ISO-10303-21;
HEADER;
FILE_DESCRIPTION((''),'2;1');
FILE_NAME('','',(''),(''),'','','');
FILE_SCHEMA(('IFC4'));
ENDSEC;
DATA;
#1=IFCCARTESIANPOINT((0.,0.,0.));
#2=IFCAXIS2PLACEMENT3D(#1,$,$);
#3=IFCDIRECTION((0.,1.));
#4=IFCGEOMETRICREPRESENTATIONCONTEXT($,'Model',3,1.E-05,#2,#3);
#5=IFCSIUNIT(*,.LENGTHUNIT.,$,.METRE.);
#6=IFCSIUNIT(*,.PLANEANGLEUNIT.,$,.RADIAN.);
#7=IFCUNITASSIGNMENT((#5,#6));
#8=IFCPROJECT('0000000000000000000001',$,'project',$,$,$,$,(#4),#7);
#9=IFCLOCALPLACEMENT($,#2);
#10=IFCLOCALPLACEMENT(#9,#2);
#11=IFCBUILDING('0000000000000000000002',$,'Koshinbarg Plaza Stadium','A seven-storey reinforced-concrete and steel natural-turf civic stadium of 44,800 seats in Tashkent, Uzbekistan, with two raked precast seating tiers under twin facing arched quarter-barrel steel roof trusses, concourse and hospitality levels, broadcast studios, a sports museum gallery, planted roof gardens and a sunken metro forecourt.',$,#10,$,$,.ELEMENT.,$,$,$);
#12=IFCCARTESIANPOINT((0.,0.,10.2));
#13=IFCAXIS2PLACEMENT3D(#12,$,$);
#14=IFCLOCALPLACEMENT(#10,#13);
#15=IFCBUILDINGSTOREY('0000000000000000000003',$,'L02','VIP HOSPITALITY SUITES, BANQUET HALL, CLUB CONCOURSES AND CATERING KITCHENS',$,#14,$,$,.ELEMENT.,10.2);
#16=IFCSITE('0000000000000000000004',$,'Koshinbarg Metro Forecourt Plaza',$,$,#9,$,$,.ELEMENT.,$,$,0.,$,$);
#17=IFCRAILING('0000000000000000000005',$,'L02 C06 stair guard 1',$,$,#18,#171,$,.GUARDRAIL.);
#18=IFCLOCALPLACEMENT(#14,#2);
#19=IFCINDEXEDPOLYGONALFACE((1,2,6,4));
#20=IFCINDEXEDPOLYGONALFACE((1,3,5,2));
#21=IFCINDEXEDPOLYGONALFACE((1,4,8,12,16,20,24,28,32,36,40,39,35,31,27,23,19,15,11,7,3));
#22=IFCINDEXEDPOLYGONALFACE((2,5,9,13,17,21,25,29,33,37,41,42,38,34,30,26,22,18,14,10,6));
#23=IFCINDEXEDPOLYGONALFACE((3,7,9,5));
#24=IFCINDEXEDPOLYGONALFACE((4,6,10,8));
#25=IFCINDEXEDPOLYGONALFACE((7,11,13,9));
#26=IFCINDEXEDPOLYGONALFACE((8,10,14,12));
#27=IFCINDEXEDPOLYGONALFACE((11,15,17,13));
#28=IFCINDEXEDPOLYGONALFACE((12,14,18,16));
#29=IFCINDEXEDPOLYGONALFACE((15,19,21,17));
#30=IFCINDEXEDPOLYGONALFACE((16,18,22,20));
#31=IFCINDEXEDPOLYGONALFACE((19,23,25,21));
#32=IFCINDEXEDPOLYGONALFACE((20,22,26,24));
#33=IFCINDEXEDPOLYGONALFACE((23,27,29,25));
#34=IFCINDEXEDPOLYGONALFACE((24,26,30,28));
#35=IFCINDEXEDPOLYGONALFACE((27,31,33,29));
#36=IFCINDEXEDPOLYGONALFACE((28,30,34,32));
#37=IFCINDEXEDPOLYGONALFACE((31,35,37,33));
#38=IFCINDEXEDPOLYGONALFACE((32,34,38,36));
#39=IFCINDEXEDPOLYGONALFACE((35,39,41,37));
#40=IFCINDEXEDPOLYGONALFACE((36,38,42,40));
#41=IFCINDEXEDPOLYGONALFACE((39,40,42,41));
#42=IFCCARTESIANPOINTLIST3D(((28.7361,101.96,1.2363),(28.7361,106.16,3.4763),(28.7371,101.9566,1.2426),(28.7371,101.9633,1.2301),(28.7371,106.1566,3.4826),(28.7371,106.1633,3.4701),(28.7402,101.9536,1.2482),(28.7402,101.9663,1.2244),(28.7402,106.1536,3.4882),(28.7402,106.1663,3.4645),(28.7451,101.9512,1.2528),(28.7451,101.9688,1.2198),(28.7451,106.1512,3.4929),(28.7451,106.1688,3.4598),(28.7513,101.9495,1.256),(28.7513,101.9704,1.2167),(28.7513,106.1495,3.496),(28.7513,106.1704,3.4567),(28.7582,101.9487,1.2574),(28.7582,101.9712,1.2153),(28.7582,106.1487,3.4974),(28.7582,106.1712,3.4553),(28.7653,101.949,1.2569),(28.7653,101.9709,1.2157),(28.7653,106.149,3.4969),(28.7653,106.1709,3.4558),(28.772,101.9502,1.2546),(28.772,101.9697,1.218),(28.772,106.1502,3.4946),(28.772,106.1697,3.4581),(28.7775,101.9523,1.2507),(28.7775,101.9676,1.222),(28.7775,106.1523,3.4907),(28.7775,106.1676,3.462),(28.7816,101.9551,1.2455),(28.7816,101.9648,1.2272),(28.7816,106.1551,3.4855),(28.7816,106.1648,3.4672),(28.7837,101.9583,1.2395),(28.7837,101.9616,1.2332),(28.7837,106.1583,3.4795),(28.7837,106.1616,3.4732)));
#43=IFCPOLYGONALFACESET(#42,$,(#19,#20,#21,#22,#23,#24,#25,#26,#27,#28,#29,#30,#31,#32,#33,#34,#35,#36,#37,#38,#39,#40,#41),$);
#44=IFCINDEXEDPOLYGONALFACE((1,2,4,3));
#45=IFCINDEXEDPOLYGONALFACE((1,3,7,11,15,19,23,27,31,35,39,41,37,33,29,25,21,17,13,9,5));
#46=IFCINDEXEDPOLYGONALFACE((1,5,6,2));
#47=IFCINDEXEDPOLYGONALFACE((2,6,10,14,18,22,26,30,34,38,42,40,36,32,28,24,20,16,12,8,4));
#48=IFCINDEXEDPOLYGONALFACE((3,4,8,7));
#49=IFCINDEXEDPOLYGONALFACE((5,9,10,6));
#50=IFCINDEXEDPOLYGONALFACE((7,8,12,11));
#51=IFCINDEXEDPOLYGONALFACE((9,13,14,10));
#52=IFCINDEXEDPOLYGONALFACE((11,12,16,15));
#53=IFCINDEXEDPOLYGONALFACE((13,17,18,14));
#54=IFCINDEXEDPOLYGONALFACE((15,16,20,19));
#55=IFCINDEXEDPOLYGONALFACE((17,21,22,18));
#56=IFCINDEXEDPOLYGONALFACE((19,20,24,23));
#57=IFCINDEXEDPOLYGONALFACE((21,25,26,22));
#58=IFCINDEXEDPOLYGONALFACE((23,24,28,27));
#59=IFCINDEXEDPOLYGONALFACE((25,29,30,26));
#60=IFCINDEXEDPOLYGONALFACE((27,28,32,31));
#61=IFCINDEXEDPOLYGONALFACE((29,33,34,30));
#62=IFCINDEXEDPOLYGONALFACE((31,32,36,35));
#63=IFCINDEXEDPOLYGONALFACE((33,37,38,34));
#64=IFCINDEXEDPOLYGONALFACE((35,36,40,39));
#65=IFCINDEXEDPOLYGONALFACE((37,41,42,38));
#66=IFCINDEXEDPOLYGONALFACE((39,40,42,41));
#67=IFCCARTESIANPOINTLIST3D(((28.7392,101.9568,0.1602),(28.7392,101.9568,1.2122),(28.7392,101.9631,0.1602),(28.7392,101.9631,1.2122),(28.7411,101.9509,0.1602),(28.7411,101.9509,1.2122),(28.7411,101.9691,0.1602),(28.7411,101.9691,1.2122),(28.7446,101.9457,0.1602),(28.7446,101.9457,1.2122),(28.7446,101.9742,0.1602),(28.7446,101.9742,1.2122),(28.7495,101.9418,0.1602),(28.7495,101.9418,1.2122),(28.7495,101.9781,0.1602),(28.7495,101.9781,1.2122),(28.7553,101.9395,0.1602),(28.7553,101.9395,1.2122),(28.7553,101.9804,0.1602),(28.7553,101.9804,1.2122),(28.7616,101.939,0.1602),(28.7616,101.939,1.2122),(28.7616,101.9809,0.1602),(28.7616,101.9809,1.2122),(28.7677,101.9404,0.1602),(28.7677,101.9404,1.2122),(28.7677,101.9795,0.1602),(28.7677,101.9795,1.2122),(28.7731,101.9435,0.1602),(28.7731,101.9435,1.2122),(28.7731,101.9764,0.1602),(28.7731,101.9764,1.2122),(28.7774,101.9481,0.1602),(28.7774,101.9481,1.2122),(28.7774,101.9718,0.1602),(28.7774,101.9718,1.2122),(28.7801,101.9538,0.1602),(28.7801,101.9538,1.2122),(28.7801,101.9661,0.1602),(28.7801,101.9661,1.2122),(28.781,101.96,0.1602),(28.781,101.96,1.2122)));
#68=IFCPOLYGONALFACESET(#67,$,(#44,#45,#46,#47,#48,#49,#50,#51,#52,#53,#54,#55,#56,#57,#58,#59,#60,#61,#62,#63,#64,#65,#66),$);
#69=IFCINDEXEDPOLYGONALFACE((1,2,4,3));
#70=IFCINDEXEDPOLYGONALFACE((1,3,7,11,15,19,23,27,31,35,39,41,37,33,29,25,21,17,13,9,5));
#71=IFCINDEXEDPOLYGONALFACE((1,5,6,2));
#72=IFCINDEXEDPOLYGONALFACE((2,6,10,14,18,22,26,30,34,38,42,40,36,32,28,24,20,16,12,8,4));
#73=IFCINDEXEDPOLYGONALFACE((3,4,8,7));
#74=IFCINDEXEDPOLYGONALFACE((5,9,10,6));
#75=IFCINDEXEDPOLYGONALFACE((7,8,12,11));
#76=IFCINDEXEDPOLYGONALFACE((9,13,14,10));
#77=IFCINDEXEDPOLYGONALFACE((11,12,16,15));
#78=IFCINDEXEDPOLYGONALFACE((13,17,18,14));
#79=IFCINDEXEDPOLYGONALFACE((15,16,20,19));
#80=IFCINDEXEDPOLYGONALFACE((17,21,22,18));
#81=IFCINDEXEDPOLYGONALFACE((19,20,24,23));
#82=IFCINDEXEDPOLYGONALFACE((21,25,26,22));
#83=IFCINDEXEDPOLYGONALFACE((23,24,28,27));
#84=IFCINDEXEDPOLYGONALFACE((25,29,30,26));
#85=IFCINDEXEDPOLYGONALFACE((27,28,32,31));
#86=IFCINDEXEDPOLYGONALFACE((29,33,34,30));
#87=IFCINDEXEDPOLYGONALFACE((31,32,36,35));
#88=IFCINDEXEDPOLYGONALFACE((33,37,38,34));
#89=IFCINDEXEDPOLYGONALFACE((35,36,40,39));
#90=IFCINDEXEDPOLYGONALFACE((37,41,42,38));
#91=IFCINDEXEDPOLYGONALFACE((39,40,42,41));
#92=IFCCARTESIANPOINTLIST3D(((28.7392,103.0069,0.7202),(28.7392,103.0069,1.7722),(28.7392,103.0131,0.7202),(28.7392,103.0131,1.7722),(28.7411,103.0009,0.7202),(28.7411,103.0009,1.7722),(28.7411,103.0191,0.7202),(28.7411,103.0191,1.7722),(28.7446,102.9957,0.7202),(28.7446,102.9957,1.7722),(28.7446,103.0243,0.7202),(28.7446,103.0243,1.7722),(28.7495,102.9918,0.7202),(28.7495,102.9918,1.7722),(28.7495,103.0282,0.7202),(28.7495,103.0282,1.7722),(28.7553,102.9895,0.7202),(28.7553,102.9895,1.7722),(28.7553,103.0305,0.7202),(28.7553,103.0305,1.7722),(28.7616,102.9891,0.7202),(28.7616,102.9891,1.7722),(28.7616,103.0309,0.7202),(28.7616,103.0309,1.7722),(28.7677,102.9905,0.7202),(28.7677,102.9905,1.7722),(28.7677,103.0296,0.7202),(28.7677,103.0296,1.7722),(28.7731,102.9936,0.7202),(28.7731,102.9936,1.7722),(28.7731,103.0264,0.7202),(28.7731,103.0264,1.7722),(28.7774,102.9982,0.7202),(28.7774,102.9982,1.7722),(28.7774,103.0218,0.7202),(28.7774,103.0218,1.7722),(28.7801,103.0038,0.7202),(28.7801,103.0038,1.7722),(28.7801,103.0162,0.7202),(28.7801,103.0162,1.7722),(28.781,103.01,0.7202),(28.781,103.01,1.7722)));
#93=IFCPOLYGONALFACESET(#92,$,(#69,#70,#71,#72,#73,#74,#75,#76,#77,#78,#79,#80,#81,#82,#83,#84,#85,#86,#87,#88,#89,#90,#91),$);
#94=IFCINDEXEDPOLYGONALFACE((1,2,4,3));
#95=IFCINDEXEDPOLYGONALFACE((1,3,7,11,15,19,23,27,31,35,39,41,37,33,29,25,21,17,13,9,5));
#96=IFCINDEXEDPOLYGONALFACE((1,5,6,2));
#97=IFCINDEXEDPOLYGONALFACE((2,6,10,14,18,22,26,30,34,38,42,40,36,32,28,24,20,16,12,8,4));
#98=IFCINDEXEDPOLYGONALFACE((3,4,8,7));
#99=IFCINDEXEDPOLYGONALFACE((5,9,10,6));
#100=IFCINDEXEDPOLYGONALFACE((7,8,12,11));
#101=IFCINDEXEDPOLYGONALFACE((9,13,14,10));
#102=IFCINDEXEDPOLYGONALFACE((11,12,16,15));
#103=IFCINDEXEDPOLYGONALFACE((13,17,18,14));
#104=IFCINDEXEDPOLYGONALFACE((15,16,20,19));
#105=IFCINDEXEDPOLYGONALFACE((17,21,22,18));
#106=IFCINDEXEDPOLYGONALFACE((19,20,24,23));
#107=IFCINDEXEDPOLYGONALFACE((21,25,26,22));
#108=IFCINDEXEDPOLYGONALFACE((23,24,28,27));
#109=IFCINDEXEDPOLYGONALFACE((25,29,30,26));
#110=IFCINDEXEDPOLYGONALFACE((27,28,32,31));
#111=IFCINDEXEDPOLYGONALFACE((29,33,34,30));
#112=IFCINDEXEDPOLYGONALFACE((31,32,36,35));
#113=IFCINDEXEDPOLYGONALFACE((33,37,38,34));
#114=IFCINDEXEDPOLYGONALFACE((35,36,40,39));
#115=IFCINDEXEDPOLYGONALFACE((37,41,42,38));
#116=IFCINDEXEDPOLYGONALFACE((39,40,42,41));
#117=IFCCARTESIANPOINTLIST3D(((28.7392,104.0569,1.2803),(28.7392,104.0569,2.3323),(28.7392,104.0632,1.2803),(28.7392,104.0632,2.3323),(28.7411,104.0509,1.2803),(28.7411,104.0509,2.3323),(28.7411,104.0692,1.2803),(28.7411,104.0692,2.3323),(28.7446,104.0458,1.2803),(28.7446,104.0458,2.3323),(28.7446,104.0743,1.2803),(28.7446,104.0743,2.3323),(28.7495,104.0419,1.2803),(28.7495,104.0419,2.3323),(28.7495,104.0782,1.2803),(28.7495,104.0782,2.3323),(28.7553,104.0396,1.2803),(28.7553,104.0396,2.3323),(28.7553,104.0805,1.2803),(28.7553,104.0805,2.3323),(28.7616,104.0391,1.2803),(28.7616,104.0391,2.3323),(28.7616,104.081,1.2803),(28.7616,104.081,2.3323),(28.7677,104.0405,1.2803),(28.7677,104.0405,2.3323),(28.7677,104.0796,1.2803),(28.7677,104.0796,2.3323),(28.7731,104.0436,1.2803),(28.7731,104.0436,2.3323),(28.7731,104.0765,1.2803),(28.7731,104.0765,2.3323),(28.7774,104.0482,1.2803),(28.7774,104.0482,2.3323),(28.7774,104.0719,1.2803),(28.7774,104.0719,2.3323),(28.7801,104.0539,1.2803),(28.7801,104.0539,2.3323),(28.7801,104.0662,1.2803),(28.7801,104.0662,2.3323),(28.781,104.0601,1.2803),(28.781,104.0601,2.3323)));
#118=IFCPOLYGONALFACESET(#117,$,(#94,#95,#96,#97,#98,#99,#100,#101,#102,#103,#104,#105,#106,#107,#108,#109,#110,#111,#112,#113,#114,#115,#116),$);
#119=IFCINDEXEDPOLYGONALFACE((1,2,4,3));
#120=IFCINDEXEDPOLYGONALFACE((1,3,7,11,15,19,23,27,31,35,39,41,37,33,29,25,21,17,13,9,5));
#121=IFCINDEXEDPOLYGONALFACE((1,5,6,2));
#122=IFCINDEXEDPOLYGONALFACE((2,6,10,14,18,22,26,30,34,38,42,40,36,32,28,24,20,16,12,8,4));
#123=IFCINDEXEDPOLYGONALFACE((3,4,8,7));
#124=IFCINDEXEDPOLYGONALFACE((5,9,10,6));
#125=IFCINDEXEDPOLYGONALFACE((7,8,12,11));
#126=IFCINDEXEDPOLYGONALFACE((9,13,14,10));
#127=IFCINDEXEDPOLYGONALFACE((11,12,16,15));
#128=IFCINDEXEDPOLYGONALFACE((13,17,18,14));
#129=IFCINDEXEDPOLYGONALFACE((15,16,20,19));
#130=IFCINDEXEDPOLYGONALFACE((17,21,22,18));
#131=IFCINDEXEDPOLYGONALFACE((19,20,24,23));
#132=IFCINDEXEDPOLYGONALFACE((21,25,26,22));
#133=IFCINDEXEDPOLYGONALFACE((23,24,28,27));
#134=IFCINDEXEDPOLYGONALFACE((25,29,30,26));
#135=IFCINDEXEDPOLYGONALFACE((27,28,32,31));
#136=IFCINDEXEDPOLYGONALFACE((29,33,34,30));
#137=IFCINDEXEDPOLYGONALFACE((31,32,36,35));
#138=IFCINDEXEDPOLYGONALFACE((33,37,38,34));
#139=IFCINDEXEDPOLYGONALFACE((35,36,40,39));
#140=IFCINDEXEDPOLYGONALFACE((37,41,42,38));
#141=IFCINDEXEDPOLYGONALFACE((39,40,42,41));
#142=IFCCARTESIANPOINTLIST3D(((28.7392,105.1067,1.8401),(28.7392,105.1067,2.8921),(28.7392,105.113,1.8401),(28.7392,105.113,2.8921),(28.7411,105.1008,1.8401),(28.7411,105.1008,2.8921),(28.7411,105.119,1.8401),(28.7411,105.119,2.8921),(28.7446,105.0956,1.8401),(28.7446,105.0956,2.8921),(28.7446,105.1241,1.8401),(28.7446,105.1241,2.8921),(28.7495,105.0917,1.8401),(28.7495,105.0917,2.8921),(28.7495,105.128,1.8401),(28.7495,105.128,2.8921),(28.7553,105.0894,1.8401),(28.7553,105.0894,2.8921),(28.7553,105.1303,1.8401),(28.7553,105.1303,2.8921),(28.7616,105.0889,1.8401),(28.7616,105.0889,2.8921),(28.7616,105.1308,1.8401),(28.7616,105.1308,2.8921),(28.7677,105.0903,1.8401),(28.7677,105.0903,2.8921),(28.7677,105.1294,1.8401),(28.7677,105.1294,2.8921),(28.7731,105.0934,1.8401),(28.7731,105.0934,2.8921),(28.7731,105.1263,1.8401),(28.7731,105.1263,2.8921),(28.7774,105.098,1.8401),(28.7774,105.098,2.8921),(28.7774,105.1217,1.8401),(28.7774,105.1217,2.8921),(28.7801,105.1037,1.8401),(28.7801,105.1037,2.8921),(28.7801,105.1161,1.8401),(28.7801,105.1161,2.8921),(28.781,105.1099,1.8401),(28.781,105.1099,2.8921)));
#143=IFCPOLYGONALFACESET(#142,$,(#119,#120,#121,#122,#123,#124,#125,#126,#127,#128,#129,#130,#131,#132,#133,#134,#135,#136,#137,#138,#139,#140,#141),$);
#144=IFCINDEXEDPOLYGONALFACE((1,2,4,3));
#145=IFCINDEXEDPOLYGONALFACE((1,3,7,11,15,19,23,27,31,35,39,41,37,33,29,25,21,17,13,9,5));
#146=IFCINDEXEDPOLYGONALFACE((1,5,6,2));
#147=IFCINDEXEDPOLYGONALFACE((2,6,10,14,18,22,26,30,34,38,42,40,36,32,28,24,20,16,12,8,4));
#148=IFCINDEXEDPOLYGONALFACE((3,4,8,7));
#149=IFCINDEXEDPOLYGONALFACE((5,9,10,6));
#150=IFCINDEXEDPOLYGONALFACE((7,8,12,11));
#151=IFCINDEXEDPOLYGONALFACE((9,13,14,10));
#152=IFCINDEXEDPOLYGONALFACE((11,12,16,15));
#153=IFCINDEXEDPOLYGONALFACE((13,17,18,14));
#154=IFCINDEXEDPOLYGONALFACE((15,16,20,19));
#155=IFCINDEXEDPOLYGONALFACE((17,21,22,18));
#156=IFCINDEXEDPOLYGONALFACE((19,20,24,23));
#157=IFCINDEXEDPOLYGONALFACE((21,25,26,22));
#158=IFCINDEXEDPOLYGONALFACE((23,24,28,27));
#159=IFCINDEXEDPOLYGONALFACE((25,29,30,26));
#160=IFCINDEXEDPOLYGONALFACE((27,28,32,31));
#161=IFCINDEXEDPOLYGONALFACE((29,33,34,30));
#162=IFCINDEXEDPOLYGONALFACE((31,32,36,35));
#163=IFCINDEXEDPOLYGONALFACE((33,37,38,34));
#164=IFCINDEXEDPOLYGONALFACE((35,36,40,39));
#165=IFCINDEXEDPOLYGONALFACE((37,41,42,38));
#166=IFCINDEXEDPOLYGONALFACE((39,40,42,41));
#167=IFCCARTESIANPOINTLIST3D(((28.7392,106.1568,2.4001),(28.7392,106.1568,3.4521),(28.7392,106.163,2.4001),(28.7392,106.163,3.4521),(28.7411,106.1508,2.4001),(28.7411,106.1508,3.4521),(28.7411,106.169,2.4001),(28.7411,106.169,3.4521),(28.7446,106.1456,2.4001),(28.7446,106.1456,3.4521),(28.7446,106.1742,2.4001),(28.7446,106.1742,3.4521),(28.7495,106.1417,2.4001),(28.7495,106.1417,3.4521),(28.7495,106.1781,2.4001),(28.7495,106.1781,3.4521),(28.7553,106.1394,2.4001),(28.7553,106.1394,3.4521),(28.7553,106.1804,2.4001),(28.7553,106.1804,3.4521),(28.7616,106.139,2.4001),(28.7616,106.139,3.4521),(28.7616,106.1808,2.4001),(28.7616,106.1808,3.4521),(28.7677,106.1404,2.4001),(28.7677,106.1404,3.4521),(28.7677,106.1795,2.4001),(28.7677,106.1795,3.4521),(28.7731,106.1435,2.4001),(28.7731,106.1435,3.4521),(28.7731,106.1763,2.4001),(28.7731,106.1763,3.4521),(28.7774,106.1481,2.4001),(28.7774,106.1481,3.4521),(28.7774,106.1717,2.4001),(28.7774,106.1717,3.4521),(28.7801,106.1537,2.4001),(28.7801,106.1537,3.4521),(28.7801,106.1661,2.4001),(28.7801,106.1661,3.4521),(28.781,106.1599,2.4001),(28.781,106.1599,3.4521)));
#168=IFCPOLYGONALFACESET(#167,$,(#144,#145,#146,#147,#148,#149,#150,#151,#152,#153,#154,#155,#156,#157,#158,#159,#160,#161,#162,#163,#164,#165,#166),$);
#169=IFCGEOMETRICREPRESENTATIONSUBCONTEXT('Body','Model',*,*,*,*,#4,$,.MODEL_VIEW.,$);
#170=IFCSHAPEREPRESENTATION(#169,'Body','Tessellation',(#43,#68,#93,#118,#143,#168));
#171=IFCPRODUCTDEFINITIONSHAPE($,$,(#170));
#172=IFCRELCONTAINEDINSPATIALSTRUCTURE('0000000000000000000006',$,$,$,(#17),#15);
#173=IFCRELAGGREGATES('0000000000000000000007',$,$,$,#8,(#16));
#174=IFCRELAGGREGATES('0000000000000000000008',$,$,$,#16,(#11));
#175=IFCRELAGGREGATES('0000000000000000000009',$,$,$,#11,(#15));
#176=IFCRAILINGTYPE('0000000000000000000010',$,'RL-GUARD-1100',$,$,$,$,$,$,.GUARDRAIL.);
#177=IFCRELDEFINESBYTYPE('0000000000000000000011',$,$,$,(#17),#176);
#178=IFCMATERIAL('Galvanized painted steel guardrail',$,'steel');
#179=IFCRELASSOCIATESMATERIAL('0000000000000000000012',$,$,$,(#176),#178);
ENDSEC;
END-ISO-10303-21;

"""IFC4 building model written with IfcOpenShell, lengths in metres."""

from ifc_helpers import new_model, si_unit, direction, frame, origin, origin_2d, place, context, subcontext, project, spatial, circle, extrude, material, type_object, element, save


model = new_model("IFC4")

# Units and contexts
model_context = context("Model", 3, precision=1e-05, world=origin(), true_north=direction((0.0, 1.0)))
body_context = subcontext(model_context, "Body", "Model", "MODEL_VIEW")
ifc_project = project(units=[si_unit("LENGTHUNIT", "METRE"), si_unit("PLANEANGLEUNIT", "RADIAN")], contexts=[model_context])

# Site, building, storey
site_placement = place(None, origin())
site = spatial("IfcSite", under=ifc_project, at=site_placement, Name="Koshinbarg Metro Forecourt Plaza", CompositionType="ELEMENT", RefElevation=0.0)
building_placement = place(site_placement, origin())
building = spatial("IfcBuilding", under=site, at=building_placement, Name="Koshinbarg Plaza Stadium", Description="A seven-storey reinforced-concrete and steel natural-turf civic stadium of 44,800 seats in Tashkent, Uzbekistan, with two raked precast seating tiers under twin facing arched quarter-barrel steel roof trusses, concourse and hospitality levels, broadcast studios, a sports museum gallery, planted roof gardens and a sunken metro forecourt.", CompositionType="ELEMENT")
storey_placement = place(building_placement, frame((0.0, 0.0, 10.2)))
storey = spatial("IfcBuildingStorey", under=building, at=storey_placement, Name="L02", Description="VIP HOSPITALITY SUITES, BANQUET HALL, CLUB CONCOURSES AND CATERING KITCHENS", CompositionType="ELEMENT", Elevation=10.2)

# Railing
ifc_material_1 = material(Name="Galvanized painted steel guardrail", Category="steel")
railing_type_1 = type_object("IfcRailingType", Name="RL-GUARD-1100", PredefinedType="GUARDRAIL", material=ifc_material_1)
railing_1_placement = place(storey_placement, frame((28.76, 101.96, 0.1602)))
element("IfcRailing", 1, at=railing_1_placement, inside=storey, type_object=railing_type_1, Name="L02 C06 stair guard 1", PredefinedType="GUARDRAIL", context=body_context, shape_type="SweptSolid", body=[
    extrude(circle(Radius=0.0239, at=origin_2d()), frame((0.0, 0.0, 1.0762), z_axis=(0.0, 0.882352, 0.470591), x_axis=(-1.0, 0.0, 0.0)), (0.0, 0.0, 1.0), 4.76),
    extrude(circle(Radius=0.021, at=origin_2d()), origin(), (0.0, 0.0, 1.0), 1.052),
    extrude(circle(Radius=0.021, at=origin_2d()), frame((0.0, 1.05, 0.5601)), (0.0, 0.0, 1.0), 1.052),
    extrude(circle(Radius=0.021, at=origin_2d()), frame((0.0, 2.1001, 1.1201)), (0.0, 0.0, 1.0), 1.052),
    extrude(circle(Radius=0.021, at=origin_2d()), frame((0.0, 3.1499, 1.6799)), (0.0, 0.0, 1.0), 1.052),
    extrude(circle(Radius=0.021, at=origin_2d()), frame((0.0, 4.2, 2.24)), (0.0, 0.0, 1.0), 1.052),
])

save(model, "model.ifc")
